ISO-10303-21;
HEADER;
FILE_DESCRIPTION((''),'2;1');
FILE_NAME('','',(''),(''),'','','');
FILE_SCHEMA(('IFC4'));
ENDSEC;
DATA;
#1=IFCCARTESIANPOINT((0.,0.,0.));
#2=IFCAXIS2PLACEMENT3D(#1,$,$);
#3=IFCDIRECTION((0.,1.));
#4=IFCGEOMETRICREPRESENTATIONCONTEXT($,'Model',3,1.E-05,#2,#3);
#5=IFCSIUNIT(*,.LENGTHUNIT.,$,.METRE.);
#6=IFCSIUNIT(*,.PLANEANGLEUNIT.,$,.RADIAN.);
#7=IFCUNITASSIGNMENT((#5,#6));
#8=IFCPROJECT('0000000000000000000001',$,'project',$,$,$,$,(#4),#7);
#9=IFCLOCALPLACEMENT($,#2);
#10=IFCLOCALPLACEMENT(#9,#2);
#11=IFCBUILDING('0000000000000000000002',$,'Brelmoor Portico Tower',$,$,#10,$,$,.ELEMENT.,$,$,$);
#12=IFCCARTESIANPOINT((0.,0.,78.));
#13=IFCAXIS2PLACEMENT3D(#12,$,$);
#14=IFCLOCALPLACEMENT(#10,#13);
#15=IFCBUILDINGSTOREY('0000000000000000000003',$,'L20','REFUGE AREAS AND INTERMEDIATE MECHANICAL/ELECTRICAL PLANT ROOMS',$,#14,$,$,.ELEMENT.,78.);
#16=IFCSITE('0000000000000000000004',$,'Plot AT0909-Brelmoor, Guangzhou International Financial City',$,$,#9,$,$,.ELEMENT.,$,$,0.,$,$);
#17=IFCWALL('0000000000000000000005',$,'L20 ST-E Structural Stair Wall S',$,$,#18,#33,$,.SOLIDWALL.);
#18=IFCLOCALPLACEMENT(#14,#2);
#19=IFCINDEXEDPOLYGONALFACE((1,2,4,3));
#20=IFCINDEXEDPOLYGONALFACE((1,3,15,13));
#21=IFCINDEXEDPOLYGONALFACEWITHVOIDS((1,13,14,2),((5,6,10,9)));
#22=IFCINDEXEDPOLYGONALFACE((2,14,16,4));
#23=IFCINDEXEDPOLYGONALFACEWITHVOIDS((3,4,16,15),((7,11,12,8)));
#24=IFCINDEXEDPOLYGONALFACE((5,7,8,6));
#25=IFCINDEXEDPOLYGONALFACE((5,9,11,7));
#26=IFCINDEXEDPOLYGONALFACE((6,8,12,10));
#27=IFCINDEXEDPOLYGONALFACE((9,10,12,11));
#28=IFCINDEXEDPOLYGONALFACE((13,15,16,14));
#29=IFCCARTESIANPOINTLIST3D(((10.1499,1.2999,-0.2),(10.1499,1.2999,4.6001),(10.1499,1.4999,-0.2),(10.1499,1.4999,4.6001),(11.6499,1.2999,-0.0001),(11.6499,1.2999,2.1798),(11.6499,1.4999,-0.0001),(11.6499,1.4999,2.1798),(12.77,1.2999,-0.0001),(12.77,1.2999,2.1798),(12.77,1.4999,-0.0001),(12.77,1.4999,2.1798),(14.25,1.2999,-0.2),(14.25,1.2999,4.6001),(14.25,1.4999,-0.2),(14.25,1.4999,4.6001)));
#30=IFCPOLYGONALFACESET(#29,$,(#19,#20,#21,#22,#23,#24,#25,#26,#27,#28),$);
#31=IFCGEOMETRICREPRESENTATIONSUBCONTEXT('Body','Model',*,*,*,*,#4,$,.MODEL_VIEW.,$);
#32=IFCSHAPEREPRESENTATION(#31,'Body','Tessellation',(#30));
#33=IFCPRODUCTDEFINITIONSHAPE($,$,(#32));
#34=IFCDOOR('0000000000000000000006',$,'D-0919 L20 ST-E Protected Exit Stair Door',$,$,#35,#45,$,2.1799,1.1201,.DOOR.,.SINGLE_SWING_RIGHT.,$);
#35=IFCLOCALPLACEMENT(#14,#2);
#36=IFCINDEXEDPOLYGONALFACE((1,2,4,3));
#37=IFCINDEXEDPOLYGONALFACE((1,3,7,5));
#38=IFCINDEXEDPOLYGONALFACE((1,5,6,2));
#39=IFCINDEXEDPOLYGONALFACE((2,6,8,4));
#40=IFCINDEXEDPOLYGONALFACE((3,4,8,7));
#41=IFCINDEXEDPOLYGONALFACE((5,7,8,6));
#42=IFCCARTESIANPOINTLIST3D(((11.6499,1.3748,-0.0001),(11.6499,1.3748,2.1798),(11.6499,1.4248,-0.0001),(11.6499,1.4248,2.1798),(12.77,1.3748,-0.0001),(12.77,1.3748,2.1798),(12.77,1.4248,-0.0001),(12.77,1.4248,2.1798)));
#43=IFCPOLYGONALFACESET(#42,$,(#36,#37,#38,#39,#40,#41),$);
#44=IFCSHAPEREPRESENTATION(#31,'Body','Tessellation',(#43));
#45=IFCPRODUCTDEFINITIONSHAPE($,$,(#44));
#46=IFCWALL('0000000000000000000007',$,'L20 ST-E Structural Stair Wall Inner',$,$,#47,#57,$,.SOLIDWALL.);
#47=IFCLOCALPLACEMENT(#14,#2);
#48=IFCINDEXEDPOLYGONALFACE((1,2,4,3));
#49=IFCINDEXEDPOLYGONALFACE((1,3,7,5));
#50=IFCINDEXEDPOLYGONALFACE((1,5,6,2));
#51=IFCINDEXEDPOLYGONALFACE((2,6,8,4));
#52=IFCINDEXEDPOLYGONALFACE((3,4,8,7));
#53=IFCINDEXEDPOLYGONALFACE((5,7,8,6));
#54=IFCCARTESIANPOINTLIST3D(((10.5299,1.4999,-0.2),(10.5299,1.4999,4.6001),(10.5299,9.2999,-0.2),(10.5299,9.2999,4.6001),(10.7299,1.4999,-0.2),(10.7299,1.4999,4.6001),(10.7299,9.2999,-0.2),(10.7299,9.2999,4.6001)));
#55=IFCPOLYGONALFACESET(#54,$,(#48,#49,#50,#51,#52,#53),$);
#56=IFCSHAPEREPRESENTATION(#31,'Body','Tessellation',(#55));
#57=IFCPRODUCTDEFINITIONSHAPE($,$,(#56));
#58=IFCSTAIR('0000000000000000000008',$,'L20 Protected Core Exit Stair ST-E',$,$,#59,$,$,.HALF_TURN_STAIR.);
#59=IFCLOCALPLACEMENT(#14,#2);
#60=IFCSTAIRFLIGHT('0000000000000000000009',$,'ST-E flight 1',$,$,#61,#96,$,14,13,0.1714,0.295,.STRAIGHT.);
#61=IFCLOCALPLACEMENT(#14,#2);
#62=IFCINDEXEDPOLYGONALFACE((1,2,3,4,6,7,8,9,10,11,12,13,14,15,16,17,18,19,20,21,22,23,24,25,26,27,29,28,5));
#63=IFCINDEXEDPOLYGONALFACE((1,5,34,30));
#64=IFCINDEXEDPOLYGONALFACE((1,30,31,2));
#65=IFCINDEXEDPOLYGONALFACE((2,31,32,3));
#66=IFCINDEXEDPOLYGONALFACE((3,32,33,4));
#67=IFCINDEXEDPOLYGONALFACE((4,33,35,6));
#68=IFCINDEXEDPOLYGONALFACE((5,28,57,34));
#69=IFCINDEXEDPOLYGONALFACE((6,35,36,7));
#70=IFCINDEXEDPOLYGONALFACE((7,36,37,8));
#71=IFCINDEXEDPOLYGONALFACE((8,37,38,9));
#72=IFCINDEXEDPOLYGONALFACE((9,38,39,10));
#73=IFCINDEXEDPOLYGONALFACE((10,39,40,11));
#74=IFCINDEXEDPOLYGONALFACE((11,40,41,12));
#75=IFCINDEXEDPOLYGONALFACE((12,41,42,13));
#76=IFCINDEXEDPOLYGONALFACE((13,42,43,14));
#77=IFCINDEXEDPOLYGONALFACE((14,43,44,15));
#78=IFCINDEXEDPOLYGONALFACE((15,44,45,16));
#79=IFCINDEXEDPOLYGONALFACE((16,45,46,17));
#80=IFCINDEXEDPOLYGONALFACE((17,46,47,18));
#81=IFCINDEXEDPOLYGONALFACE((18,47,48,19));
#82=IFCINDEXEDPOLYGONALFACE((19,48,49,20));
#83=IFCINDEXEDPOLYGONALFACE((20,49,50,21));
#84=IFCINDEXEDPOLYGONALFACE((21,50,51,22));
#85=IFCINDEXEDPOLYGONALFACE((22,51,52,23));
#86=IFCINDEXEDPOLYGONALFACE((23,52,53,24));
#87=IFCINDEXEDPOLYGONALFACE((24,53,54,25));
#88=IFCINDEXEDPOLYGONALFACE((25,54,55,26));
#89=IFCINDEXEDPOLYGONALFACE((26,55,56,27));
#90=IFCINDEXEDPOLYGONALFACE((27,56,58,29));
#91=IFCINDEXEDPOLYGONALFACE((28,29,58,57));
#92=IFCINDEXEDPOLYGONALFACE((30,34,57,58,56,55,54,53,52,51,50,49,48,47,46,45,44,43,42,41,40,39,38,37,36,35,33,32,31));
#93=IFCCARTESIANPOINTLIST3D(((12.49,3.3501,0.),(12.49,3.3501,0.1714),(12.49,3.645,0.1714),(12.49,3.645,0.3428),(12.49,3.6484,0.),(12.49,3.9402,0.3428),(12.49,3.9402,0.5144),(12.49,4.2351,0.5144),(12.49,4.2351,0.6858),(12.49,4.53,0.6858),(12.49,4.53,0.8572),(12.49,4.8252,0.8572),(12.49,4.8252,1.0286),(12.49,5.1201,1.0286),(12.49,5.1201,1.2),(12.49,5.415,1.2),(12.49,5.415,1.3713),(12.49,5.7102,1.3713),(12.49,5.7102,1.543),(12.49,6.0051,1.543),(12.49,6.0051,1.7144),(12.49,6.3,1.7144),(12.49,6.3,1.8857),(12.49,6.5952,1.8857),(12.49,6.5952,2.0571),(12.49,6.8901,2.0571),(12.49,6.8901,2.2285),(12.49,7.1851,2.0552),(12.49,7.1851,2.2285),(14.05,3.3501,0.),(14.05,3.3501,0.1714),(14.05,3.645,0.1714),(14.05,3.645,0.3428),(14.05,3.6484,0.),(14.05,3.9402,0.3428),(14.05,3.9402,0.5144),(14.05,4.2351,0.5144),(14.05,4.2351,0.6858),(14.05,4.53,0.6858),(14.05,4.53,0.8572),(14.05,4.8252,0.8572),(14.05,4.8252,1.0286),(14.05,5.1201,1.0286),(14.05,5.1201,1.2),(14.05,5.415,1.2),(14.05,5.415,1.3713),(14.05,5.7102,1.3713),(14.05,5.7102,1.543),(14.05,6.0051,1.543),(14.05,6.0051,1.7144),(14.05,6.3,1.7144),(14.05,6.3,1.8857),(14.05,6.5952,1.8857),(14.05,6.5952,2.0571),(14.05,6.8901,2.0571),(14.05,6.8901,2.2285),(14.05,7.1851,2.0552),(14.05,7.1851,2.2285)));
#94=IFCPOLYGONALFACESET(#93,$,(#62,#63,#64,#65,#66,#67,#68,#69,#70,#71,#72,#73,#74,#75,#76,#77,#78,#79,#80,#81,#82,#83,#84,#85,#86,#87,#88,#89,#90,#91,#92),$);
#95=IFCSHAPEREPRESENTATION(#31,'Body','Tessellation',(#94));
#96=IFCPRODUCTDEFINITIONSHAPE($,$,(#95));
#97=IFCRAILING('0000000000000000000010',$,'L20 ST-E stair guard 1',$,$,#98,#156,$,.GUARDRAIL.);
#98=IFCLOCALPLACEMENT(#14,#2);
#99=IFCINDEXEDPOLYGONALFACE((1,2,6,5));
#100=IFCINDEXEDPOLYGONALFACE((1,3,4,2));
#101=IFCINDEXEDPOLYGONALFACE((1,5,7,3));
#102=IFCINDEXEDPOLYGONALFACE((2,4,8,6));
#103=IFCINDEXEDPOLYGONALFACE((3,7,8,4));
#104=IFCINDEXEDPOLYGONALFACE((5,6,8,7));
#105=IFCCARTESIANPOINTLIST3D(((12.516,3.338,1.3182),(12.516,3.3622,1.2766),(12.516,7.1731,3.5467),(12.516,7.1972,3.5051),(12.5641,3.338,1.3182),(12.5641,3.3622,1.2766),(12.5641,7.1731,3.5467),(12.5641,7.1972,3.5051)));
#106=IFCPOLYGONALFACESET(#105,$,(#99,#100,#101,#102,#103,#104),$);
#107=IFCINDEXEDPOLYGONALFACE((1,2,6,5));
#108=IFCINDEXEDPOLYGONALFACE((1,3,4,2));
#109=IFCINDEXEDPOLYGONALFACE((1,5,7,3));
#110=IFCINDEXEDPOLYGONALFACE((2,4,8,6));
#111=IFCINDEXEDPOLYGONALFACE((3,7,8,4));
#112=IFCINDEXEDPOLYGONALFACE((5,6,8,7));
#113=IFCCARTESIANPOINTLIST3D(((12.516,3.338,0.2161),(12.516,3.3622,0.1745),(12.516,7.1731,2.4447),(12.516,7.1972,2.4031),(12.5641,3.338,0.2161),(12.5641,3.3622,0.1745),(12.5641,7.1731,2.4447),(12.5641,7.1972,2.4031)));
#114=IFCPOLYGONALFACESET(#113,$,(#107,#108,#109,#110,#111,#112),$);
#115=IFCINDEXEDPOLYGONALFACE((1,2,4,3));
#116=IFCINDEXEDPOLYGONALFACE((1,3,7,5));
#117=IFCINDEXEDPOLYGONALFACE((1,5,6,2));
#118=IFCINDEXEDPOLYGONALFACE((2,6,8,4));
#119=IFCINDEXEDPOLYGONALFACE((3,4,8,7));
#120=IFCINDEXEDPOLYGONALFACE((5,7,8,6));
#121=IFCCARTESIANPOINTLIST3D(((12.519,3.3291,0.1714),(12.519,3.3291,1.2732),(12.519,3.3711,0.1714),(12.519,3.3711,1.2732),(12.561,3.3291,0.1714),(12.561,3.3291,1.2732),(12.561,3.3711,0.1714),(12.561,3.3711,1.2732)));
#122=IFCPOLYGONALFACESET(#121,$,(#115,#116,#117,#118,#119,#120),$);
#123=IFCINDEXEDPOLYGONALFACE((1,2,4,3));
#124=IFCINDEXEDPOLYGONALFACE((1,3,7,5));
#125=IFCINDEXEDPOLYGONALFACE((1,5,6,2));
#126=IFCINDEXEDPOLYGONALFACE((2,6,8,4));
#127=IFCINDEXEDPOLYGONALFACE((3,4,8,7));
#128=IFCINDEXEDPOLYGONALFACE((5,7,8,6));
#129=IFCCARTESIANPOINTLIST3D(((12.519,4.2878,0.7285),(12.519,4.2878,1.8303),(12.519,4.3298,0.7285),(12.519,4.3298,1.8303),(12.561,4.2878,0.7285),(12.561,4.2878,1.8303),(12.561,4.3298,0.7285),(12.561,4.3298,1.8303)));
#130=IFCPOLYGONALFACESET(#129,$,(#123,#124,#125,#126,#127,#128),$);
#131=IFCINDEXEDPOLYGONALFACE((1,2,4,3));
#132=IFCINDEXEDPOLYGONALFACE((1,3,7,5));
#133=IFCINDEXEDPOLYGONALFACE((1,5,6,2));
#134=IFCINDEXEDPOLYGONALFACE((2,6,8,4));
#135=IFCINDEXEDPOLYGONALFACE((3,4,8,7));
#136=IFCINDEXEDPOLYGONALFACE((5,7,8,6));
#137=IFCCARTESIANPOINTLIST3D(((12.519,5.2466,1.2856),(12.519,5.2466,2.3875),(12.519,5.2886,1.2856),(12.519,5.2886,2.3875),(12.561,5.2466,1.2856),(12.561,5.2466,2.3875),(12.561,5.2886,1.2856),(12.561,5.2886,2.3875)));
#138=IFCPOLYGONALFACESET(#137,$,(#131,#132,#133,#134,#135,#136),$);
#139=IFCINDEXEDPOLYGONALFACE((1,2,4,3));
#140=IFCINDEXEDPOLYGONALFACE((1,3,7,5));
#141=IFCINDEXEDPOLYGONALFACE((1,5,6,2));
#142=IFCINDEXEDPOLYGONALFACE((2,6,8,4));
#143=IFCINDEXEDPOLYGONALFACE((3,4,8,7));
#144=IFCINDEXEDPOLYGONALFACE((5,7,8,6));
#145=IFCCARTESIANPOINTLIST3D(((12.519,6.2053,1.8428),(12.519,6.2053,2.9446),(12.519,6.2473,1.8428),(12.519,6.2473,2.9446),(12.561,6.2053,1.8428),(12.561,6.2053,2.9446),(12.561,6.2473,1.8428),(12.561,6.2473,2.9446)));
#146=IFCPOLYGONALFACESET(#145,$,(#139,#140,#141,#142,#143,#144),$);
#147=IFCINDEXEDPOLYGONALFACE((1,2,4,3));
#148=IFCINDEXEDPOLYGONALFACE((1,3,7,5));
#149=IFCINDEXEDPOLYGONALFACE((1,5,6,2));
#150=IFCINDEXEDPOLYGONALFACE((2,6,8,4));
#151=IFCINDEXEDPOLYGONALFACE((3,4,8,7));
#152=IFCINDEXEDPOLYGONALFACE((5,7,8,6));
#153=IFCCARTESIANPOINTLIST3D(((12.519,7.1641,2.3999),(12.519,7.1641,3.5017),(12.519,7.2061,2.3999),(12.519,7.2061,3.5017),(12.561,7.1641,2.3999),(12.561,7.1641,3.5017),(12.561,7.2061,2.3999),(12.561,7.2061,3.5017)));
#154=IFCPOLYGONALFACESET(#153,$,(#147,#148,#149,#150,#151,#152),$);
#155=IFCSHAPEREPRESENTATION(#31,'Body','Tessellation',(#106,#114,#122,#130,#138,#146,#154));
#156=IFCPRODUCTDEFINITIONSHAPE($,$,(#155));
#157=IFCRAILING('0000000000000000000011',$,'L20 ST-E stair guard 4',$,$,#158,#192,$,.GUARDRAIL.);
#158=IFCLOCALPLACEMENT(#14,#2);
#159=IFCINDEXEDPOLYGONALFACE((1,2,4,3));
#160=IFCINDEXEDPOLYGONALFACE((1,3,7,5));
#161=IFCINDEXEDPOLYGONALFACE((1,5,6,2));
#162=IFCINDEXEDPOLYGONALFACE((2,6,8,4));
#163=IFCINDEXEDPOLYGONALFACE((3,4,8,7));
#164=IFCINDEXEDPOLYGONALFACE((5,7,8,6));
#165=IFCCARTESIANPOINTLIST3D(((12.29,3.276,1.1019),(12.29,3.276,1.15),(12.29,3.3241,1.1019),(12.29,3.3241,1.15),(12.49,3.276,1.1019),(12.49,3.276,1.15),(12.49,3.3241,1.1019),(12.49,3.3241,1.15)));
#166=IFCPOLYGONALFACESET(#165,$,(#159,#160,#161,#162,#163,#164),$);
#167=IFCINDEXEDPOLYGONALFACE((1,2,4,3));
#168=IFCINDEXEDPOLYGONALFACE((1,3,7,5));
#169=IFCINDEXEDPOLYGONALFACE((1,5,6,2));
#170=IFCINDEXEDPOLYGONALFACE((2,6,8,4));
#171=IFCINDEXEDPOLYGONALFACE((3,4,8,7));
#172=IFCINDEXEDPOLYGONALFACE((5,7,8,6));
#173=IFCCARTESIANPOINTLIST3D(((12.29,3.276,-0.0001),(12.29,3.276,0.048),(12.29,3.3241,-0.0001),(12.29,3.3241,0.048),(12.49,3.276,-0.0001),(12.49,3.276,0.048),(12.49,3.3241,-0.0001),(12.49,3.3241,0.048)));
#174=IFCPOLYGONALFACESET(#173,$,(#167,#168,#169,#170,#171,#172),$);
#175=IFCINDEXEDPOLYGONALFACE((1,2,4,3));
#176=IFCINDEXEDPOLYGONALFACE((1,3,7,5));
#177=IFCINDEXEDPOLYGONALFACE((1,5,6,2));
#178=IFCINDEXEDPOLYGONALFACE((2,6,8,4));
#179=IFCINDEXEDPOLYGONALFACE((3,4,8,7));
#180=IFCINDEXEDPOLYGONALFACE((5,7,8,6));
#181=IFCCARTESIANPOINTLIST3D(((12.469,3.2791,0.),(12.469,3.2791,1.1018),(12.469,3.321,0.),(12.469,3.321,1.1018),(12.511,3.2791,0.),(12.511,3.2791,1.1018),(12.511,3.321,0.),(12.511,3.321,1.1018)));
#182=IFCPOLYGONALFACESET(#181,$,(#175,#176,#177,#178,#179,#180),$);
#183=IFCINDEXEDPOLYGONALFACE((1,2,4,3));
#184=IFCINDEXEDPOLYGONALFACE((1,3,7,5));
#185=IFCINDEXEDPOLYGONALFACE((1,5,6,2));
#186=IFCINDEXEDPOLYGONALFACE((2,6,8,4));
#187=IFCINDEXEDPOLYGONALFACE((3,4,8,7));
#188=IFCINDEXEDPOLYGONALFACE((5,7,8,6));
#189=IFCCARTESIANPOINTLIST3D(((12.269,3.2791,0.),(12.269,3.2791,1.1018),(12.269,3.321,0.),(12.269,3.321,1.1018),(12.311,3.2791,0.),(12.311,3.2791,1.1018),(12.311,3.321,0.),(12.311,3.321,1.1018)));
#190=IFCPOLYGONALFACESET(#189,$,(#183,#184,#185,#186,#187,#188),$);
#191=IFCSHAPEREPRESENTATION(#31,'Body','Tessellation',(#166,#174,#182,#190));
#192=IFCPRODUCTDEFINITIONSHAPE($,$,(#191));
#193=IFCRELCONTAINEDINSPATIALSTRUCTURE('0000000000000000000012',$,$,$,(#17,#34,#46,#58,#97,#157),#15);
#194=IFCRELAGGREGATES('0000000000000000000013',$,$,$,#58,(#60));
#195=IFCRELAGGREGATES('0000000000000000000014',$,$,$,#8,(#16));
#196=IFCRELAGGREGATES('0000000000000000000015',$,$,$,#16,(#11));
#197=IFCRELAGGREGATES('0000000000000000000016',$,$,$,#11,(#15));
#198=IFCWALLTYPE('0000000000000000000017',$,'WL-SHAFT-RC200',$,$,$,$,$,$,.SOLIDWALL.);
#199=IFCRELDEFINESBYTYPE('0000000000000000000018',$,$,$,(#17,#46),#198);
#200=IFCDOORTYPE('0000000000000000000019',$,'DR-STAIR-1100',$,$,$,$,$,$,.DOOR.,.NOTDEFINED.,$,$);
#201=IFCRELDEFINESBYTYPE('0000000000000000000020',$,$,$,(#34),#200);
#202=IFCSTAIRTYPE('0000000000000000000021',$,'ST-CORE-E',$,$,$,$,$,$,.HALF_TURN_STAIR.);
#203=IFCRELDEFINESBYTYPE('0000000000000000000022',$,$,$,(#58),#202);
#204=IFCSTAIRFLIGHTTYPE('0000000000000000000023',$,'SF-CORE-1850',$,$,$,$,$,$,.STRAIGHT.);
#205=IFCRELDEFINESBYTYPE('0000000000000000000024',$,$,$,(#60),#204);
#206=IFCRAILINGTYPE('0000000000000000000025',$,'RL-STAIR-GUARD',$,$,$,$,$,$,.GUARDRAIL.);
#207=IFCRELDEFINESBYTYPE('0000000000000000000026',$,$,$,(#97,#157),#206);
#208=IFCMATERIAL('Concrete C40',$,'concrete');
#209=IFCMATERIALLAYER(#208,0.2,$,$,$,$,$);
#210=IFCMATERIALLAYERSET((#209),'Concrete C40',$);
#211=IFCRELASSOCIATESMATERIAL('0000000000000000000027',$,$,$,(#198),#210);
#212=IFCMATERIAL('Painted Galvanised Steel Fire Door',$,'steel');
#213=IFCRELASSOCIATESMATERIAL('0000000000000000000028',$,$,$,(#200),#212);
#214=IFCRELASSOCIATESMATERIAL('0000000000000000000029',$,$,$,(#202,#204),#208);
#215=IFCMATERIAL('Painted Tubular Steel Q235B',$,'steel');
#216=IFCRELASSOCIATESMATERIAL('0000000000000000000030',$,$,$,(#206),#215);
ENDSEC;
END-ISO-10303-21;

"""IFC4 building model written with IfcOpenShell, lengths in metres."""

from ifc_helpers import new_model, si_unit, direction, frame, frame_2d, origin, origin_2d, place, context, subcontext, project, spatial, polyline, rectangle, outline, extrude, material, layer, layer_set, type_object, element, fill, aggregate, save


model = new_model("IFC4")

# Units and contexts
model_context = context("Model", 3, precision=1e-05, world=origin(), true_north=direction((0.0, 1.0)))
body_context = subcontext(model_context, "Body", "Model", "MODEL_VIEW")
ifc_project = project(units=[si_unit("LENGTHUNIT", "METRE"), si_unit("PLANEANGLEUNIT", "RADIAN")], contexts=[model_context])

# Site, building, storey
site_placement = place(None, origin())
site = spatial("IfcSite", under=ifc_project, at=site_placement, Name="Plot AT0909-Brelmoor, Guangzhou International Financial City", CompositionType="ELEMENT", RefElevation=0.0)
building_placement = place(site_placement, origin())
building = spatial("IfcBuilding", under=site, at=building_placement, Name="Brelmoor Portico Tower", CompositionType="ELEMENT")
storey_placement = place(building_placement, frame((0.0, 0.0, 78.0)))
storey = spatial("IfcBuildingStorey", under=building, at=storey_placement, Name="L20", Description="REFUGE AREAS AND INTERMEDIATE MECHANICAL/ELECTRICAL PLANT ROOMS", CompositionType="ELEMENT", Elevation=78.0)

# Shared definitions
ifc_material_1 = material(Name="Concrete C40", Category="concrete")
ifc_layer_1 = layer(ifc_material_1, 0.2)
ifc_layer_set_1 = layer_set([ifc_layer_1], Name="Concrete C40")
wall_type_1 = type_object("IfcWallType", Name="WL-SHAFT-RC200", PredefinedType="SOLIDWALL", material=ifc_layer_set_1)

# Wall, opening, door
wall_1_placement = place(storey_placement, frame((10.1499, 1.3999, -0.2), z_axis=(0.0, 0.0, 1.0), x_axis=(1.0, 0.0, 0.0)))
wall_1 = element("IfcWall", 1, at=wall_1_placement, inside=storey, type_object=wall_type_1, Name="L20 ST-E Structural Stair Wall S", PredefinedType="SOLIDWALL", context=body_context, shape_type="SweptSolid", body=[
    extrude(rectangle(XDim=4.1001, YDim=0.2, at=frame_2d((2.05, 0.0))), origin(), (0.0, 0.0, 1.0), 4.8),
])
opening_placement = place(wall_1_placement, frame((1.5, 0.0, 0.2)))
opening = element("IfcOpeningElement", 2, at=opening_placement, cuts=wall_1, PredefinedType="OPENING", context=body_context, shape_type="SweptSolid", body=[
    extrude(rectangle(XDim=1.1201, YDim=2.1799, at=frame_2d((0.5601, 1.0898))), frame((0.0, 0.1099, 0.0), z_axis=(0.0, -1.0, 0.0), x_axis=(1.0, 0.0, 0.0)), (0.0, 0.0, 1.0), 0.22),
])
ifc_material_2 = material(Name="Painted Galvanised Steel Fire Door", Category="steel")
door_type = type_object("IfcDoorType", Name="DR-STAIR-1100", OperationType="NOTDEFINED", PredefinedType="DOOR", material=ifc_material_2)
door_placement = place(opening_placement, origin())
door = element("IfcDoor", 3, at=door_placement, inside=storey, type_object=door_type, Name="D-0919 L20 ST-E Protected Exit Stair Door", OperationType="SINGLE_SWING_RIGHT", OverallHeight=2.1799, OverallWidth=1.1201, PredefinedType="DOOR", context=body_context, shape_type="SweptSolid", body=[
    extrude(rectangle(XDim=1.1201, YDim=2.1799, at=frame_2d((0.5601, 1.0898))), frame((0.0, 0.0249, 0.0), z_axis=(0.0, -1.0, 0.0), x_axis=(1.0, 0.0, 0.0)), (0.0, 0.0, 1.0), 0.05),
])
fill(opening, door)

# Wall
wall_2_placement = place(storey_placement, frame((10.6299, 1.5, -0.2), z_axis=(0.0, 0.0, 1.0), x_axis=(0.0, 1.0, 0.0)))
element("IfcWall", 4, at=wall_2_placement, inside=storey, type_object=wall_type_1, Name="L20 ST-E Structural Stair Wall Inner", PredefinedType="SOLIDWALL", context=body_context, shape_type="SweptSolid", body=[
    extrude(rectangle(XDim=7.8, YDim=0.2, at=frame_2d((3.8999, 0.0))), origin(), (0.0, 0.0, 1.0), 4.8),
])

# Stair, stair flight
stair_type = type_object("IfcStairType", Name="ST-CORE-E", PredefinedType="HALF_TURN_STAIR", material=ifc_material_1)
stair_placement = place(storey_placement, origin())
stair = element("IfcStair", 5, at=stair_placement, inside=storey, type_object=stair_type, Name="L20 Protected Core Exit Stair ST-E", PredefinedType="HALF_TURN_STAIR")
stair_flight_type = type_object("IfcStairFlightType", Name="SF-CORE-1850", PredefinedType="STRAIGHT", material=ifc_material_1)
stair_flight_placement = place(storey_placement, frame((13.27, 3.3501, 0.0), z_axis=(0.0, 0.0, 1.0), x_axis=(0.0, 1.0, 0.0)))
stair_flight = element("IfcStairFlight", 6, at=stair_flight_placement, type_object=stair_flight_type, Name="ST-E flight 1", NumberOfRisers=14, NumberOfTreads=13, PredefinedType="STRAIGHT", RiserHeight=0.1714, TreadLength=0.295, context=body_context, shape_type="SweptSolid", body=[
    extrude(outline(polyline([(0.0, 0.0), (0.0, 0.1714), (0.2949, 0.1714), (0.2949, 0.3428), (0.5901, 0.3428), (0.5901, 0.5144), (0.885, 0.5144), (0.885, 0.6858), (1.1799, 0.6858), (1.1799, 0.8572), (1.4751, 0.8572), (1.4751, 1.0286), (1.77, 1.0286), (1.77, 1.2), (2.0649, 1.2), (2.0649, 1.3713), (2.3601, 1.3713), (2.3601, 1.543), (2.655, 1.543), (2.655, 1.7144), (2.95, 1.7144), (2.95, 1.8857), (3.2451, 1.8857), (3.2451, 2.0571), (3.54, 2.0571), (3.54, 2.2285), (3.835, 2.2285), (3.835, 2.3999), (3.835, 2.0552), (0.2983, 0.0), (0.0, 0.0)])), frame((0.0, 0.78, 0.0), z_axis=(0.0, -1.0, 0.0), x_axis=(1.0, 0.0, 0.0)), (0.0, 0.0, 1.0), 1.5601),
])
aggregate(stair, [stair_flight])

# Railings
ifc_material_3 = material(Name="Painted Tubular Steel Q235B", Category="steel")
railing_type_1 = type_object("IfcRailingType", Name="RL-STAIR-GUARD", PredefinedType="GUARDRAIL", material=ifc_material_3)
railing_1_placement = place(storey_placement, frame((12.54, 3.3501, 0.1714)))
element("IfcRailing", 7, at=railing_1_placement, inside=storey, type_object=railing_type_1, Name="L20 ST-E stair guard 1", PredefinedType="GUARDRAIL", context=body_context, shape_type="SweptSolid", body=[
    extrude(rectangle(XDim=0.0481, YDim=0.0481, at=origin_2d()), frame((0.0, 0.0, 1.126), z_axis=(0.0, 0.864616, 0.502433), x_axis=(-1.0, 0.0, 0.0)), (0.0, 0.0, 1.0), 4.4355),
    extrude(rectangle(XDim=0.0481, YDim=0.0481, at=origin_2d()), frame((0.0, 0.0, 0.0239), z_axis=(0.0, 0.864616, 0.502433), x_axis=(-1.0, 0.0, 0.0)), (0.0, 0.0, 1.0), 4.4355),
    extrude(rectangle(XDim=0.042, YDim=0.042, at=origin_2d()), origin(), (0.0, 0.0, 1.0), 1.1018),
    extrude(rectangle(XDim=0.042, YDim=0.042, at=origin_2d()), frame((0.0, 0.9587, 0.5571)), (0.0, 0.0, 1.0), 1.1018),
    extrude(rectangle(XDim=0.042, YDim=0.042, at=origin_2d()), frame((0.0, 1.9175, 1.1143)), (0.0, 0.0, 1.0), 1.1018),
    extrude(rectangle(XDim=0.042, YDim=0.042, at=origin_2d()), frame((0.0, 2.8762, 1.6714)), (0.0, 0.0, 1.0), 1.1018),
    extrude(rectangle(XDim=0.042, YDim=0.042, at=origin_2d()), frame((0.0, 3.835, 2.2285)), (0.0, 0.0, 1.0), 1.1018),
])
railing_2_placement = place(storey_placement, frame((12.49, 3.3, 0.0)))
element("IfcRailing", 8, at=railing_2_placement, inside=storey, type_object=railing_type_1, Name="L20 ST-E stair guard 4", PredefinedType="GUARDRAIL", context=body_context, shape_type="SweptSolid", body=[
    extrude(rectangle(XDim=0.0481, YDim=0.0481, at=origin_2d()), frame((0.0, 0.0, 1.126), z_axis=(-1.0, 0.0, 0.0), x_axis=(0.0, -1.0, 0.0)), (0.0, 0.0, 1.0), 0.2),
    extrude(rectangle(XDim=0.0481, YDim=0.0481, at=origin_2d()), frame((0.0, 0.0, 0.0239), z_axis=(-1.0, 0.0, 0.0), x_axis=(0.0, -1.0, 0.0)), (0.0, 0.0, 1.0), 0.2),
    extrude(rectangle(XDim=0.042, YDim=0.042, at=origin_2d()), origin(), (0.0, 0.0, 1.0), 1.1018),
    extrude(rectangle(XDim=0.042, YDim=0.042, at=origin_2d()), frame((-0.2, 0.0, 0.0)), (0.0, 0.0, 1.0), 1.1018),
])

save(model, "model.ifc")
